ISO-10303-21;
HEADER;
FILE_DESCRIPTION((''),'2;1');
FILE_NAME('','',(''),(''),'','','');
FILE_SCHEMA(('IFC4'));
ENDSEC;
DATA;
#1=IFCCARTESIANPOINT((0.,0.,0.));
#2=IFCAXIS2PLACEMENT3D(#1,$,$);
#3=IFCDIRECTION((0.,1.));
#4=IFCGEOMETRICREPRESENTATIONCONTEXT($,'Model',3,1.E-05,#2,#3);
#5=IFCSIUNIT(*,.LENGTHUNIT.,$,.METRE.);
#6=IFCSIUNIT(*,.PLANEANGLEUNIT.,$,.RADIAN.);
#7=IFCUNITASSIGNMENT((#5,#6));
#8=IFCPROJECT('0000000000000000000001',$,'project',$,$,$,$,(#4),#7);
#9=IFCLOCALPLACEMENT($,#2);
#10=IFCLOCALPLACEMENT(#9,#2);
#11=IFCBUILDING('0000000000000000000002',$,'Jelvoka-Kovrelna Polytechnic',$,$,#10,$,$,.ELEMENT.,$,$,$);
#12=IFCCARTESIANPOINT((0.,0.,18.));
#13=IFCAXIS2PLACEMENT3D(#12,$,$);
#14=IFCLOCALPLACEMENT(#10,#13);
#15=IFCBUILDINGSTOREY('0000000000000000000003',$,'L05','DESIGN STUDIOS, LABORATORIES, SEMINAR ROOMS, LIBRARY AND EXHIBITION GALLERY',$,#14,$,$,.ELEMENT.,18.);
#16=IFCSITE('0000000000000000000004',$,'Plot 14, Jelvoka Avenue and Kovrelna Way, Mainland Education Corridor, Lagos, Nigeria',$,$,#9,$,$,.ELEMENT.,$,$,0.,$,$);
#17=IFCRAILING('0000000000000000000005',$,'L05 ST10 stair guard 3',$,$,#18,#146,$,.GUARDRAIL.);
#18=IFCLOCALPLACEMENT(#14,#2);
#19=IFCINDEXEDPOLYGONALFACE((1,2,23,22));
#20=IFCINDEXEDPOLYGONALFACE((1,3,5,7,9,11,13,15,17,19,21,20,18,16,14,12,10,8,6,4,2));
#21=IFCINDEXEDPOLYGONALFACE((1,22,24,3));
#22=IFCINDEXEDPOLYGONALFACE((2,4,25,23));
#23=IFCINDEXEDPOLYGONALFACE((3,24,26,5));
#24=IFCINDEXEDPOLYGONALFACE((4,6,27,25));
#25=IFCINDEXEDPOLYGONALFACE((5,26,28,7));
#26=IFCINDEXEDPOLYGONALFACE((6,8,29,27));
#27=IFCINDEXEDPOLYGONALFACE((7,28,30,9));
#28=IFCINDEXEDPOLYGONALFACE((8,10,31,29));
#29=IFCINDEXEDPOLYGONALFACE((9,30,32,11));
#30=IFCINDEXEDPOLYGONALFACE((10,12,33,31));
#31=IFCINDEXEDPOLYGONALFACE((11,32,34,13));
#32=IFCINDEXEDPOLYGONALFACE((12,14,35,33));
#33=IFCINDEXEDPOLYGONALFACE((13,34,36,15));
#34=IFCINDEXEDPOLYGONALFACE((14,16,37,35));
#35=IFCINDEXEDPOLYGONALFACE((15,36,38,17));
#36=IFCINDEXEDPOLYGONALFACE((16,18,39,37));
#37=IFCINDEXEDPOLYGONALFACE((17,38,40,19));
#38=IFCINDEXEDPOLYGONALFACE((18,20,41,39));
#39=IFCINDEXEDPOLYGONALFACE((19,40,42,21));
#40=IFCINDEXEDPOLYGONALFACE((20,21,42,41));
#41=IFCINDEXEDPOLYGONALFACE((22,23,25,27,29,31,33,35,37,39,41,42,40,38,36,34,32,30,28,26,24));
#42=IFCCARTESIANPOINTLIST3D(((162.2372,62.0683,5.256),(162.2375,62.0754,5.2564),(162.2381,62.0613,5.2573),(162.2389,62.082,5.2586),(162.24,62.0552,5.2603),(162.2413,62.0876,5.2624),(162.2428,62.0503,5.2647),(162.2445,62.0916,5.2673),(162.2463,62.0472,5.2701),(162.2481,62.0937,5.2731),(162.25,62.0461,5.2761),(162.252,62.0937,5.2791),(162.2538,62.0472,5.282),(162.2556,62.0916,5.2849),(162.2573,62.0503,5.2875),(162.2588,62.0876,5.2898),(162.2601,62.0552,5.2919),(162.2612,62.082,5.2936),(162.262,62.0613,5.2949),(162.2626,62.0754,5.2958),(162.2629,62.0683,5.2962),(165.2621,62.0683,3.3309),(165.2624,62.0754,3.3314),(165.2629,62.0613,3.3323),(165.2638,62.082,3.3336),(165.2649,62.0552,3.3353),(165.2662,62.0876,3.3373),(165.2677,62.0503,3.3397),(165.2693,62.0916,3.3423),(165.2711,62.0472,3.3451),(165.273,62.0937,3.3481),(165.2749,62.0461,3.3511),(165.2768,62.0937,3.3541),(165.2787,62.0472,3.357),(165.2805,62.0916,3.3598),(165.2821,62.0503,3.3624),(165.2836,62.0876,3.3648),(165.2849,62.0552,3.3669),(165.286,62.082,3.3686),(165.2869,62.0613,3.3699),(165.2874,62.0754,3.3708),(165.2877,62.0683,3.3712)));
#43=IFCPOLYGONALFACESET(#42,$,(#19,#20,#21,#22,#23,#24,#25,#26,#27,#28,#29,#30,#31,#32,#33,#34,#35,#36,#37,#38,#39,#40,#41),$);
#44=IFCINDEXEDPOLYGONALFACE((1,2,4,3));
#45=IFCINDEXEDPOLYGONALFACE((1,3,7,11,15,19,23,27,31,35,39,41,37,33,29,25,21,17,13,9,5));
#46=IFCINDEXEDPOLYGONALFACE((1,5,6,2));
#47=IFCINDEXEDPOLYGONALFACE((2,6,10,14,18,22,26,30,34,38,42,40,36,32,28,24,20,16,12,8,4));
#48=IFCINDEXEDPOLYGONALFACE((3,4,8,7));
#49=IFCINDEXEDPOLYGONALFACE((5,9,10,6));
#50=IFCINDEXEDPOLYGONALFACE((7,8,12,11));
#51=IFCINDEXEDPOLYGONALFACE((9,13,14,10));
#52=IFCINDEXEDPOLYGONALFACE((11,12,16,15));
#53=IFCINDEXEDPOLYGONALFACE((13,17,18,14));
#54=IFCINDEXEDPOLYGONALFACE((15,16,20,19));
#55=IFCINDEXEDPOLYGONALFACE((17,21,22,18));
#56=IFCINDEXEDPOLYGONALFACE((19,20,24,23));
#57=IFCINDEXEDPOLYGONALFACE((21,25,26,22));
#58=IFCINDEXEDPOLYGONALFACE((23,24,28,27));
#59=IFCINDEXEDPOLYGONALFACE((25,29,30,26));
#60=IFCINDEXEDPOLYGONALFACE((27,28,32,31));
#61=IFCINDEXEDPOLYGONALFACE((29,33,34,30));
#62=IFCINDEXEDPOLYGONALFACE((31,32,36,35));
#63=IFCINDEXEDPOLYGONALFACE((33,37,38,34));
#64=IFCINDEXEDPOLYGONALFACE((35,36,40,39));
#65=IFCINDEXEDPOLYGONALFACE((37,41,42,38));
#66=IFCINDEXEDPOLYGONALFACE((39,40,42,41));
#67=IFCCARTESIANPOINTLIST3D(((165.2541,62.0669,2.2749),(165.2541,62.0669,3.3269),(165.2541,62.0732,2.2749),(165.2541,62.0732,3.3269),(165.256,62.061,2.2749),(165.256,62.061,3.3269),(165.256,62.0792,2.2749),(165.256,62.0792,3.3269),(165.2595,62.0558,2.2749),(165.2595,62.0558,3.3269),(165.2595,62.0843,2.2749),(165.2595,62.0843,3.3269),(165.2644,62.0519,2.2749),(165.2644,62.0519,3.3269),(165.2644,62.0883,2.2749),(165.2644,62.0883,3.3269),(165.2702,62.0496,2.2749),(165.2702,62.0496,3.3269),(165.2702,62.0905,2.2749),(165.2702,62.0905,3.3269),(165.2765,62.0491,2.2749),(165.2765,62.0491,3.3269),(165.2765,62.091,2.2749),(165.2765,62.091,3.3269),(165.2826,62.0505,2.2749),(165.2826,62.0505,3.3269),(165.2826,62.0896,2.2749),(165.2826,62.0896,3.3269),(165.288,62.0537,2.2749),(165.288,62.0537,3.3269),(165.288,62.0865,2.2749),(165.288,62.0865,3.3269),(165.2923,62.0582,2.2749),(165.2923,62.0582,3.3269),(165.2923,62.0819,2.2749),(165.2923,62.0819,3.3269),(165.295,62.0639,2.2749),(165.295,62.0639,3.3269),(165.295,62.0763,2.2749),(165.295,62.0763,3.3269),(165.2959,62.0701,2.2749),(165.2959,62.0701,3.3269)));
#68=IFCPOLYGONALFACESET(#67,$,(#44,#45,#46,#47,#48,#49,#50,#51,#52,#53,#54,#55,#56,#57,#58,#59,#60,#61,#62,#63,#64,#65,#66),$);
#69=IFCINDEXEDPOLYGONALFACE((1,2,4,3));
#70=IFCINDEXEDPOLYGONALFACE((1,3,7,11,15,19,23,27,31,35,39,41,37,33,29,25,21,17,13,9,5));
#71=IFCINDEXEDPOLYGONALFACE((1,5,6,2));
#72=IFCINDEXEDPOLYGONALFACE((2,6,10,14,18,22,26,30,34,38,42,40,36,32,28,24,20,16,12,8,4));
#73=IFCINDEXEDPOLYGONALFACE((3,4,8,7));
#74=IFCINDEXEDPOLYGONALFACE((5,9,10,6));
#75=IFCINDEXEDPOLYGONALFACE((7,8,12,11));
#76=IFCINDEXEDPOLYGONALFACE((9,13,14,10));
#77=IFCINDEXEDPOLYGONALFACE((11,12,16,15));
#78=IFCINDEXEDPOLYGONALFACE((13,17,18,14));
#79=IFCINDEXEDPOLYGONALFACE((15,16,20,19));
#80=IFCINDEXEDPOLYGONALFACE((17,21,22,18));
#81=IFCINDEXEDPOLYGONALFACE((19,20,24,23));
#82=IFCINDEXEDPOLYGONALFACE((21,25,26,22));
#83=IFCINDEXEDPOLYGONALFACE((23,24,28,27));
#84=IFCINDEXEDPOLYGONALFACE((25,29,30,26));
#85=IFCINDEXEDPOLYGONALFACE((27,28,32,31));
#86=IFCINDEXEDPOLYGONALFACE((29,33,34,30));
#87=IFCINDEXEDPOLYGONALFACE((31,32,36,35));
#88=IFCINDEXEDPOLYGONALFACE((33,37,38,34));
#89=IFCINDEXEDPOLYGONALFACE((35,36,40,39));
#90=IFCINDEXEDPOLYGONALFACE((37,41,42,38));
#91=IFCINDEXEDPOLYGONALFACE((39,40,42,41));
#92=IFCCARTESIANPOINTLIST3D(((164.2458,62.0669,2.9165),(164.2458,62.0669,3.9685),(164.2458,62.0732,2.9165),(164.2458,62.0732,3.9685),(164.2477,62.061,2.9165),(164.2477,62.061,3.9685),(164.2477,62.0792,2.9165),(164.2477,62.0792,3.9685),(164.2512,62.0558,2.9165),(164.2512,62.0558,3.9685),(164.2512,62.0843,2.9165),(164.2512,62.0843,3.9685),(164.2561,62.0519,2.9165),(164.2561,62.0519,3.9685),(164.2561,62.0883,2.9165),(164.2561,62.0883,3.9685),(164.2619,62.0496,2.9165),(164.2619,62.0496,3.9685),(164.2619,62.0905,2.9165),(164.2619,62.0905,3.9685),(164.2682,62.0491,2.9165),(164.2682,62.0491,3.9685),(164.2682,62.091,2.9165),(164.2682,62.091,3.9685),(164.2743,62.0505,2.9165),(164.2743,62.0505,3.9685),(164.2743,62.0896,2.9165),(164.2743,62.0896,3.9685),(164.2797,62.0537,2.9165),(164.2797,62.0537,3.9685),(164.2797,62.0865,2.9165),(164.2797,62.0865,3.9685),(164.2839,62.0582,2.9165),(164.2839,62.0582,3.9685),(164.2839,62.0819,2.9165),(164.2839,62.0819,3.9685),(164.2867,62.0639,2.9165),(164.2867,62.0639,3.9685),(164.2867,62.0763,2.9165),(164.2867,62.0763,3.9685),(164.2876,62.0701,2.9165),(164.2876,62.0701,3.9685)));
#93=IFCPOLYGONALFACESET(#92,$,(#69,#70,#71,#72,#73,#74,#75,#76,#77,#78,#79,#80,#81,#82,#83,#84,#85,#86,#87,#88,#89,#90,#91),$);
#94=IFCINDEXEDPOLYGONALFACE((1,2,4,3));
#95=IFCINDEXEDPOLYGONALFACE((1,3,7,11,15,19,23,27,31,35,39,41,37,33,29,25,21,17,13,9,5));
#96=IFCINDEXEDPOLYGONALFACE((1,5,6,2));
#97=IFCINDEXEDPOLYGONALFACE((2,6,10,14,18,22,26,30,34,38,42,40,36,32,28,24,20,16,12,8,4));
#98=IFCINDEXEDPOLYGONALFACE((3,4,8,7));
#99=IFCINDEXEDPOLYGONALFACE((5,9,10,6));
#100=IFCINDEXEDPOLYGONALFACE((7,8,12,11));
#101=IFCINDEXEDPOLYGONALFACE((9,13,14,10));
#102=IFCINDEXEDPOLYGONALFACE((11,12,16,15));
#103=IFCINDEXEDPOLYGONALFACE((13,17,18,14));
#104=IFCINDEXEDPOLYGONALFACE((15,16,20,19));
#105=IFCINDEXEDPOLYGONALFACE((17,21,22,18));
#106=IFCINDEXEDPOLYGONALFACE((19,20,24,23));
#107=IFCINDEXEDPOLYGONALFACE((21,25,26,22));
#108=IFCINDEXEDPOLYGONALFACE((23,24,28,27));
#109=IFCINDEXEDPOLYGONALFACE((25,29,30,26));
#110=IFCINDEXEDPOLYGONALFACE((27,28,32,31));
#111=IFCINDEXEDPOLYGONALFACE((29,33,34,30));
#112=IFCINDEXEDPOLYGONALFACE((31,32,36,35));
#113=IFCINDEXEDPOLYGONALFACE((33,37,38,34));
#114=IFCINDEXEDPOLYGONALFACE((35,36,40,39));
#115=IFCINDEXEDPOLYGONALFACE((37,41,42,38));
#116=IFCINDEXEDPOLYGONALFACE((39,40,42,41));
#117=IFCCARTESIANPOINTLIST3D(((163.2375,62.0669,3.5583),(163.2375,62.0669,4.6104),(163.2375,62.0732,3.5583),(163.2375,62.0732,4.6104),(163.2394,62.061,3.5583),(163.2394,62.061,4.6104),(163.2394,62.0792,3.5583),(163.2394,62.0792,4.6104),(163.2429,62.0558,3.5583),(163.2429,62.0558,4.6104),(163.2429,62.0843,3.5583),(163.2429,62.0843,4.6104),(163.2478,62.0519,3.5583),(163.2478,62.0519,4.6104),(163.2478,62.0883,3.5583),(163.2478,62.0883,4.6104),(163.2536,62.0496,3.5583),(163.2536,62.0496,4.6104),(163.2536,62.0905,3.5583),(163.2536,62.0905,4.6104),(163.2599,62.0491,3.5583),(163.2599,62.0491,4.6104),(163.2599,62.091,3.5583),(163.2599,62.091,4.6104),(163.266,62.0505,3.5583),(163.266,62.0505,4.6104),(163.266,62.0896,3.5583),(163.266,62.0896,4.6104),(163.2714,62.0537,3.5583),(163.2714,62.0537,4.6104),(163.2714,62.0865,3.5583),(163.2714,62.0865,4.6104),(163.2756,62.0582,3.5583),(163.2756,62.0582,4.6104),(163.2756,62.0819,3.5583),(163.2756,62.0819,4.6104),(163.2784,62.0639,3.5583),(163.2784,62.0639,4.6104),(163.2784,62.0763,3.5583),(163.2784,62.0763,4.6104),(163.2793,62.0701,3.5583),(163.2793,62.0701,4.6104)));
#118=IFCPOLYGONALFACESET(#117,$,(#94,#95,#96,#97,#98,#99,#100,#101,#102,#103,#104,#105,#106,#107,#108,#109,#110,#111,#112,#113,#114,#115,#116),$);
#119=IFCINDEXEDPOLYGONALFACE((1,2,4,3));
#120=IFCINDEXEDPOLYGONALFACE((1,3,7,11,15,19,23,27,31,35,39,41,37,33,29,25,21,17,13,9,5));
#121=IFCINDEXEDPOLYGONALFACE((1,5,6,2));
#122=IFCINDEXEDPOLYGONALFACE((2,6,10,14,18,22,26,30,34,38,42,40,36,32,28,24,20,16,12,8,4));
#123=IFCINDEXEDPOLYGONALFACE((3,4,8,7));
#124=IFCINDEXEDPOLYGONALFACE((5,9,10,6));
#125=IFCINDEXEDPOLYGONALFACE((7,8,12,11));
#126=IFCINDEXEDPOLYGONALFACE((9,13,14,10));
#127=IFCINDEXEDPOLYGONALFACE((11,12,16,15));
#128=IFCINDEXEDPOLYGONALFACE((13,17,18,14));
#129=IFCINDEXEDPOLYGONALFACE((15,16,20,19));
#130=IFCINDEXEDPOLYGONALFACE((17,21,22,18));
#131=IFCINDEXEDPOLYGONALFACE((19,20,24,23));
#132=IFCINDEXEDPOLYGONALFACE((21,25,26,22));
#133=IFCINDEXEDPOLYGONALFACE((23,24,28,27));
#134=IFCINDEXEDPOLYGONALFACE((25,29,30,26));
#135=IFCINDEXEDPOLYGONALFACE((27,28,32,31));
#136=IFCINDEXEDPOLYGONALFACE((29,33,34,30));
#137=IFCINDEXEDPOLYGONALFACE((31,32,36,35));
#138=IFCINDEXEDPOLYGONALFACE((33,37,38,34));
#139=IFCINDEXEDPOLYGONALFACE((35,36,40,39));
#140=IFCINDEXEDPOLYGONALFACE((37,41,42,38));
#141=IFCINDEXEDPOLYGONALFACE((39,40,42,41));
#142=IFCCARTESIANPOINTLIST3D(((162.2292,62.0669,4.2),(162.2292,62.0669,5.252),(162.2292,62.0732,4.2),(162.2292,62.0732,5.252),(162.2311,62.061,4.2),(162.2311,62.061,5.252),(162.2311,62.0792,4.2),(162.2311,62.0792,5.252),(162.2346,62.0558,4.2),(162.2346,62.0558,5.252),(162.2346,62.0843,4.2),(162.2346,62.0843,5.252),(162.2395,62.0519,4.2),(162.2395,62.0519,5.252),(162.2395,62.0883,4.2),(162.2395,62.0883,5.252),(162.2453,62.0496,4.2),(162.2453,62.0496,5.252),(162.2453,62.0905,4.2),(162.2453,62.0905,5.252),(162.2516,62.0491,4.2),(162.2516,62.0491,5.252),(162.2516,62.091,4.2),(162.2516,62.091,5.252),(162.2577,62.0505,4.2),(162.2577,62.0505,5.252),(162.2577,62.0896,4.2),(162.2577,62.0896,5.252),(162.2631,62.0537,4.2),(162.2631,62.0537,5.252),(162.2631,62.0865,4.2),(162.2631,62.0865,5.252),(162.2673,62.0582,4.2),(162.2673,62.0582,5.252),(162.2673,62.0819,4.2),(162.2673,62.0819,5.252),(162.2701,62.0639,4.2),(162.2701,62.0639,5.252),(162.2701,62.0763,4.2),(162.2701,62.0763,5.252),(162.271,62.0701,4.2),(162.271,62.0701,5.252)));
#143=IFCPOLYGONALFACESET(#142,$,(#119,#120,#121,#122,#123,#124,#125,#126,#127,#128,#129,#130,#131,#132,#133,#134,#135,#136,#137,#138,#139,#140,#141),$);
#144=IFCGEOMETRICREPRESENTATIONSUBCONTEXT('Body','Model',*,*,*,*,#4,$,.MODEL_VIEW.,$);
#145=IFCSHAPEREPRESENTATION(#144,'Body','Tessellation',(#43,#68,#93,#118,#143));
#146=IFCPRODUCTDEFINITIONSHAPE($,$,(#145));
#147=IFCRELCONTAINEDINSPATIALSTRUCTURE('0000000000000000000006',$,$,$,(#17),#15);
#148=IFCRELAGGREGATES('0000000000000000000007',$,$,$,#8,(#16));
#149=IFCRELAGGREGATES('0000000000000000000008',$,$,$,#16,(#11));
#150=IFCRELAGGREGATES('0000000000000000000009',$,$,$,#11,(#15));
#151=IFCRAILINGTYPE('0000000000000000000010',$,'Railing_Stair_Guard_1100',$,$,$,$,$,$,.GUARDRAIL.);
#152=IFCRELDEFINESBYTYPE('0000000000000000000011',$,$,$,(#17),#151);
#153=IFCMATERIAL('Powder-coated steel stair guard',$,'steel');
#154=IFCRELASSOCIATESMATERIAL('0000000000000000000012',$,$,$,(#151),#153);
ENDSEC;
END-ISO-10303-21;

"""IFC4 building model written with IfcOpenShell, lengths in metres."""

from ifc_helpers import new_model, si_unit, direction, frame, origin, origin_2d, place, context, subcontext, project, spatial, circle, extrude, material, type_object, element, save


model = new_model("IFC4")

# Units and contexts
model_context = context("Model", 3, precision=1e-05, world=origin(), true_north=direction((0.0, 1.0)))
body_context = subcontext(model_context, "Body", "Model", "MODEL_VIEW")
ifc_project = project(units=[si_unit("LENGTHUNIT", "METRE"), si_unit("PLANEANGLEUNIT", "RADIAN")], contexts=[model_context])

# Site, building, storey
site_placement = place(None, origin())
site = spatial("IfcSite", under=ifc_project, at=site_placement, Name="Plot 14, Jelvoka Avenue and Kovrelna Way, Mainland Education Corridor, Lagos, Nigeria", CompositionType="ELEMENT", RefElevation=0.0)
building_placement = place(site_placement, origin())
building = spatial("IfcBuilding", under=site, at=building_placement, Name="Jelvoka-Kovrelna Polytechnic", CompositionType="ELEMENT")
storey_placement = place(building_placement, frame((0.0, 0.0, 18.0)))
storey = spatial("IfcBuildingStorey", under=building, at=storey_placement, Name="L05", Description="DESIGN STUDIOS, LABORATORIES, SEMINAR ROOMS, LIBRARY AND EXHIBITION GALLERY", CompositionType="ELEMENT", Elevation=18.0)

# Railing
ifc_material_1 = material(Name="Powder-coated steel stair guard", Category="steel")
railing_type_1 = type_object("IfcRailingType", Name="Railing_Stair_Guard_1100", PredefinedType="GUARDRAIL", material=ifc_material_1)
railing_1_placement = place(storey_placement, frame((165.2749, 62.0701, 2.2749)))
element("IfcRailing", 1, at=railing_1_placement, inside=storey, type_object=railing_type_1, Name="L05 ST10 stair guard 3", PredefinedType="GUARDRAIL", context=body_context, shape_type="SweptSolid", body=[
    extrude(circle(Radius=0.0239, at=origin_2d()), frame((0.0, 0.0, 1.0762), z_axis=(-0.843647, 0.0, 0.536898), x_axis=(0.0, -1.0, 0.0)), (0.0, 0.0, 1.0), 3.5854),
    extrude(circle(Radius=0.021, at=origin_2d()), origin(), (0.0, 0.0, 1.0), 1.052),
    extrude(circle(Radius=0.021, at=origin_2d()), frame((-1.0083, 0.0, 0.6416)), (0.0, 0.0, 1.0), 1.052),
    extrude(circle(Radius=0.021, at=origin_2d()), frame((-2.0166, 0.0, 1.2834)), (0.0, 0.0, 1.0), 1.052),
    extrude(circle(Radius=0.021, at=origin_2d()), frame((-3.0249, 0.0, 1.925)), (0.0, 0.0, 1.0), 1.052),
])

save(model, "model.ifc")
